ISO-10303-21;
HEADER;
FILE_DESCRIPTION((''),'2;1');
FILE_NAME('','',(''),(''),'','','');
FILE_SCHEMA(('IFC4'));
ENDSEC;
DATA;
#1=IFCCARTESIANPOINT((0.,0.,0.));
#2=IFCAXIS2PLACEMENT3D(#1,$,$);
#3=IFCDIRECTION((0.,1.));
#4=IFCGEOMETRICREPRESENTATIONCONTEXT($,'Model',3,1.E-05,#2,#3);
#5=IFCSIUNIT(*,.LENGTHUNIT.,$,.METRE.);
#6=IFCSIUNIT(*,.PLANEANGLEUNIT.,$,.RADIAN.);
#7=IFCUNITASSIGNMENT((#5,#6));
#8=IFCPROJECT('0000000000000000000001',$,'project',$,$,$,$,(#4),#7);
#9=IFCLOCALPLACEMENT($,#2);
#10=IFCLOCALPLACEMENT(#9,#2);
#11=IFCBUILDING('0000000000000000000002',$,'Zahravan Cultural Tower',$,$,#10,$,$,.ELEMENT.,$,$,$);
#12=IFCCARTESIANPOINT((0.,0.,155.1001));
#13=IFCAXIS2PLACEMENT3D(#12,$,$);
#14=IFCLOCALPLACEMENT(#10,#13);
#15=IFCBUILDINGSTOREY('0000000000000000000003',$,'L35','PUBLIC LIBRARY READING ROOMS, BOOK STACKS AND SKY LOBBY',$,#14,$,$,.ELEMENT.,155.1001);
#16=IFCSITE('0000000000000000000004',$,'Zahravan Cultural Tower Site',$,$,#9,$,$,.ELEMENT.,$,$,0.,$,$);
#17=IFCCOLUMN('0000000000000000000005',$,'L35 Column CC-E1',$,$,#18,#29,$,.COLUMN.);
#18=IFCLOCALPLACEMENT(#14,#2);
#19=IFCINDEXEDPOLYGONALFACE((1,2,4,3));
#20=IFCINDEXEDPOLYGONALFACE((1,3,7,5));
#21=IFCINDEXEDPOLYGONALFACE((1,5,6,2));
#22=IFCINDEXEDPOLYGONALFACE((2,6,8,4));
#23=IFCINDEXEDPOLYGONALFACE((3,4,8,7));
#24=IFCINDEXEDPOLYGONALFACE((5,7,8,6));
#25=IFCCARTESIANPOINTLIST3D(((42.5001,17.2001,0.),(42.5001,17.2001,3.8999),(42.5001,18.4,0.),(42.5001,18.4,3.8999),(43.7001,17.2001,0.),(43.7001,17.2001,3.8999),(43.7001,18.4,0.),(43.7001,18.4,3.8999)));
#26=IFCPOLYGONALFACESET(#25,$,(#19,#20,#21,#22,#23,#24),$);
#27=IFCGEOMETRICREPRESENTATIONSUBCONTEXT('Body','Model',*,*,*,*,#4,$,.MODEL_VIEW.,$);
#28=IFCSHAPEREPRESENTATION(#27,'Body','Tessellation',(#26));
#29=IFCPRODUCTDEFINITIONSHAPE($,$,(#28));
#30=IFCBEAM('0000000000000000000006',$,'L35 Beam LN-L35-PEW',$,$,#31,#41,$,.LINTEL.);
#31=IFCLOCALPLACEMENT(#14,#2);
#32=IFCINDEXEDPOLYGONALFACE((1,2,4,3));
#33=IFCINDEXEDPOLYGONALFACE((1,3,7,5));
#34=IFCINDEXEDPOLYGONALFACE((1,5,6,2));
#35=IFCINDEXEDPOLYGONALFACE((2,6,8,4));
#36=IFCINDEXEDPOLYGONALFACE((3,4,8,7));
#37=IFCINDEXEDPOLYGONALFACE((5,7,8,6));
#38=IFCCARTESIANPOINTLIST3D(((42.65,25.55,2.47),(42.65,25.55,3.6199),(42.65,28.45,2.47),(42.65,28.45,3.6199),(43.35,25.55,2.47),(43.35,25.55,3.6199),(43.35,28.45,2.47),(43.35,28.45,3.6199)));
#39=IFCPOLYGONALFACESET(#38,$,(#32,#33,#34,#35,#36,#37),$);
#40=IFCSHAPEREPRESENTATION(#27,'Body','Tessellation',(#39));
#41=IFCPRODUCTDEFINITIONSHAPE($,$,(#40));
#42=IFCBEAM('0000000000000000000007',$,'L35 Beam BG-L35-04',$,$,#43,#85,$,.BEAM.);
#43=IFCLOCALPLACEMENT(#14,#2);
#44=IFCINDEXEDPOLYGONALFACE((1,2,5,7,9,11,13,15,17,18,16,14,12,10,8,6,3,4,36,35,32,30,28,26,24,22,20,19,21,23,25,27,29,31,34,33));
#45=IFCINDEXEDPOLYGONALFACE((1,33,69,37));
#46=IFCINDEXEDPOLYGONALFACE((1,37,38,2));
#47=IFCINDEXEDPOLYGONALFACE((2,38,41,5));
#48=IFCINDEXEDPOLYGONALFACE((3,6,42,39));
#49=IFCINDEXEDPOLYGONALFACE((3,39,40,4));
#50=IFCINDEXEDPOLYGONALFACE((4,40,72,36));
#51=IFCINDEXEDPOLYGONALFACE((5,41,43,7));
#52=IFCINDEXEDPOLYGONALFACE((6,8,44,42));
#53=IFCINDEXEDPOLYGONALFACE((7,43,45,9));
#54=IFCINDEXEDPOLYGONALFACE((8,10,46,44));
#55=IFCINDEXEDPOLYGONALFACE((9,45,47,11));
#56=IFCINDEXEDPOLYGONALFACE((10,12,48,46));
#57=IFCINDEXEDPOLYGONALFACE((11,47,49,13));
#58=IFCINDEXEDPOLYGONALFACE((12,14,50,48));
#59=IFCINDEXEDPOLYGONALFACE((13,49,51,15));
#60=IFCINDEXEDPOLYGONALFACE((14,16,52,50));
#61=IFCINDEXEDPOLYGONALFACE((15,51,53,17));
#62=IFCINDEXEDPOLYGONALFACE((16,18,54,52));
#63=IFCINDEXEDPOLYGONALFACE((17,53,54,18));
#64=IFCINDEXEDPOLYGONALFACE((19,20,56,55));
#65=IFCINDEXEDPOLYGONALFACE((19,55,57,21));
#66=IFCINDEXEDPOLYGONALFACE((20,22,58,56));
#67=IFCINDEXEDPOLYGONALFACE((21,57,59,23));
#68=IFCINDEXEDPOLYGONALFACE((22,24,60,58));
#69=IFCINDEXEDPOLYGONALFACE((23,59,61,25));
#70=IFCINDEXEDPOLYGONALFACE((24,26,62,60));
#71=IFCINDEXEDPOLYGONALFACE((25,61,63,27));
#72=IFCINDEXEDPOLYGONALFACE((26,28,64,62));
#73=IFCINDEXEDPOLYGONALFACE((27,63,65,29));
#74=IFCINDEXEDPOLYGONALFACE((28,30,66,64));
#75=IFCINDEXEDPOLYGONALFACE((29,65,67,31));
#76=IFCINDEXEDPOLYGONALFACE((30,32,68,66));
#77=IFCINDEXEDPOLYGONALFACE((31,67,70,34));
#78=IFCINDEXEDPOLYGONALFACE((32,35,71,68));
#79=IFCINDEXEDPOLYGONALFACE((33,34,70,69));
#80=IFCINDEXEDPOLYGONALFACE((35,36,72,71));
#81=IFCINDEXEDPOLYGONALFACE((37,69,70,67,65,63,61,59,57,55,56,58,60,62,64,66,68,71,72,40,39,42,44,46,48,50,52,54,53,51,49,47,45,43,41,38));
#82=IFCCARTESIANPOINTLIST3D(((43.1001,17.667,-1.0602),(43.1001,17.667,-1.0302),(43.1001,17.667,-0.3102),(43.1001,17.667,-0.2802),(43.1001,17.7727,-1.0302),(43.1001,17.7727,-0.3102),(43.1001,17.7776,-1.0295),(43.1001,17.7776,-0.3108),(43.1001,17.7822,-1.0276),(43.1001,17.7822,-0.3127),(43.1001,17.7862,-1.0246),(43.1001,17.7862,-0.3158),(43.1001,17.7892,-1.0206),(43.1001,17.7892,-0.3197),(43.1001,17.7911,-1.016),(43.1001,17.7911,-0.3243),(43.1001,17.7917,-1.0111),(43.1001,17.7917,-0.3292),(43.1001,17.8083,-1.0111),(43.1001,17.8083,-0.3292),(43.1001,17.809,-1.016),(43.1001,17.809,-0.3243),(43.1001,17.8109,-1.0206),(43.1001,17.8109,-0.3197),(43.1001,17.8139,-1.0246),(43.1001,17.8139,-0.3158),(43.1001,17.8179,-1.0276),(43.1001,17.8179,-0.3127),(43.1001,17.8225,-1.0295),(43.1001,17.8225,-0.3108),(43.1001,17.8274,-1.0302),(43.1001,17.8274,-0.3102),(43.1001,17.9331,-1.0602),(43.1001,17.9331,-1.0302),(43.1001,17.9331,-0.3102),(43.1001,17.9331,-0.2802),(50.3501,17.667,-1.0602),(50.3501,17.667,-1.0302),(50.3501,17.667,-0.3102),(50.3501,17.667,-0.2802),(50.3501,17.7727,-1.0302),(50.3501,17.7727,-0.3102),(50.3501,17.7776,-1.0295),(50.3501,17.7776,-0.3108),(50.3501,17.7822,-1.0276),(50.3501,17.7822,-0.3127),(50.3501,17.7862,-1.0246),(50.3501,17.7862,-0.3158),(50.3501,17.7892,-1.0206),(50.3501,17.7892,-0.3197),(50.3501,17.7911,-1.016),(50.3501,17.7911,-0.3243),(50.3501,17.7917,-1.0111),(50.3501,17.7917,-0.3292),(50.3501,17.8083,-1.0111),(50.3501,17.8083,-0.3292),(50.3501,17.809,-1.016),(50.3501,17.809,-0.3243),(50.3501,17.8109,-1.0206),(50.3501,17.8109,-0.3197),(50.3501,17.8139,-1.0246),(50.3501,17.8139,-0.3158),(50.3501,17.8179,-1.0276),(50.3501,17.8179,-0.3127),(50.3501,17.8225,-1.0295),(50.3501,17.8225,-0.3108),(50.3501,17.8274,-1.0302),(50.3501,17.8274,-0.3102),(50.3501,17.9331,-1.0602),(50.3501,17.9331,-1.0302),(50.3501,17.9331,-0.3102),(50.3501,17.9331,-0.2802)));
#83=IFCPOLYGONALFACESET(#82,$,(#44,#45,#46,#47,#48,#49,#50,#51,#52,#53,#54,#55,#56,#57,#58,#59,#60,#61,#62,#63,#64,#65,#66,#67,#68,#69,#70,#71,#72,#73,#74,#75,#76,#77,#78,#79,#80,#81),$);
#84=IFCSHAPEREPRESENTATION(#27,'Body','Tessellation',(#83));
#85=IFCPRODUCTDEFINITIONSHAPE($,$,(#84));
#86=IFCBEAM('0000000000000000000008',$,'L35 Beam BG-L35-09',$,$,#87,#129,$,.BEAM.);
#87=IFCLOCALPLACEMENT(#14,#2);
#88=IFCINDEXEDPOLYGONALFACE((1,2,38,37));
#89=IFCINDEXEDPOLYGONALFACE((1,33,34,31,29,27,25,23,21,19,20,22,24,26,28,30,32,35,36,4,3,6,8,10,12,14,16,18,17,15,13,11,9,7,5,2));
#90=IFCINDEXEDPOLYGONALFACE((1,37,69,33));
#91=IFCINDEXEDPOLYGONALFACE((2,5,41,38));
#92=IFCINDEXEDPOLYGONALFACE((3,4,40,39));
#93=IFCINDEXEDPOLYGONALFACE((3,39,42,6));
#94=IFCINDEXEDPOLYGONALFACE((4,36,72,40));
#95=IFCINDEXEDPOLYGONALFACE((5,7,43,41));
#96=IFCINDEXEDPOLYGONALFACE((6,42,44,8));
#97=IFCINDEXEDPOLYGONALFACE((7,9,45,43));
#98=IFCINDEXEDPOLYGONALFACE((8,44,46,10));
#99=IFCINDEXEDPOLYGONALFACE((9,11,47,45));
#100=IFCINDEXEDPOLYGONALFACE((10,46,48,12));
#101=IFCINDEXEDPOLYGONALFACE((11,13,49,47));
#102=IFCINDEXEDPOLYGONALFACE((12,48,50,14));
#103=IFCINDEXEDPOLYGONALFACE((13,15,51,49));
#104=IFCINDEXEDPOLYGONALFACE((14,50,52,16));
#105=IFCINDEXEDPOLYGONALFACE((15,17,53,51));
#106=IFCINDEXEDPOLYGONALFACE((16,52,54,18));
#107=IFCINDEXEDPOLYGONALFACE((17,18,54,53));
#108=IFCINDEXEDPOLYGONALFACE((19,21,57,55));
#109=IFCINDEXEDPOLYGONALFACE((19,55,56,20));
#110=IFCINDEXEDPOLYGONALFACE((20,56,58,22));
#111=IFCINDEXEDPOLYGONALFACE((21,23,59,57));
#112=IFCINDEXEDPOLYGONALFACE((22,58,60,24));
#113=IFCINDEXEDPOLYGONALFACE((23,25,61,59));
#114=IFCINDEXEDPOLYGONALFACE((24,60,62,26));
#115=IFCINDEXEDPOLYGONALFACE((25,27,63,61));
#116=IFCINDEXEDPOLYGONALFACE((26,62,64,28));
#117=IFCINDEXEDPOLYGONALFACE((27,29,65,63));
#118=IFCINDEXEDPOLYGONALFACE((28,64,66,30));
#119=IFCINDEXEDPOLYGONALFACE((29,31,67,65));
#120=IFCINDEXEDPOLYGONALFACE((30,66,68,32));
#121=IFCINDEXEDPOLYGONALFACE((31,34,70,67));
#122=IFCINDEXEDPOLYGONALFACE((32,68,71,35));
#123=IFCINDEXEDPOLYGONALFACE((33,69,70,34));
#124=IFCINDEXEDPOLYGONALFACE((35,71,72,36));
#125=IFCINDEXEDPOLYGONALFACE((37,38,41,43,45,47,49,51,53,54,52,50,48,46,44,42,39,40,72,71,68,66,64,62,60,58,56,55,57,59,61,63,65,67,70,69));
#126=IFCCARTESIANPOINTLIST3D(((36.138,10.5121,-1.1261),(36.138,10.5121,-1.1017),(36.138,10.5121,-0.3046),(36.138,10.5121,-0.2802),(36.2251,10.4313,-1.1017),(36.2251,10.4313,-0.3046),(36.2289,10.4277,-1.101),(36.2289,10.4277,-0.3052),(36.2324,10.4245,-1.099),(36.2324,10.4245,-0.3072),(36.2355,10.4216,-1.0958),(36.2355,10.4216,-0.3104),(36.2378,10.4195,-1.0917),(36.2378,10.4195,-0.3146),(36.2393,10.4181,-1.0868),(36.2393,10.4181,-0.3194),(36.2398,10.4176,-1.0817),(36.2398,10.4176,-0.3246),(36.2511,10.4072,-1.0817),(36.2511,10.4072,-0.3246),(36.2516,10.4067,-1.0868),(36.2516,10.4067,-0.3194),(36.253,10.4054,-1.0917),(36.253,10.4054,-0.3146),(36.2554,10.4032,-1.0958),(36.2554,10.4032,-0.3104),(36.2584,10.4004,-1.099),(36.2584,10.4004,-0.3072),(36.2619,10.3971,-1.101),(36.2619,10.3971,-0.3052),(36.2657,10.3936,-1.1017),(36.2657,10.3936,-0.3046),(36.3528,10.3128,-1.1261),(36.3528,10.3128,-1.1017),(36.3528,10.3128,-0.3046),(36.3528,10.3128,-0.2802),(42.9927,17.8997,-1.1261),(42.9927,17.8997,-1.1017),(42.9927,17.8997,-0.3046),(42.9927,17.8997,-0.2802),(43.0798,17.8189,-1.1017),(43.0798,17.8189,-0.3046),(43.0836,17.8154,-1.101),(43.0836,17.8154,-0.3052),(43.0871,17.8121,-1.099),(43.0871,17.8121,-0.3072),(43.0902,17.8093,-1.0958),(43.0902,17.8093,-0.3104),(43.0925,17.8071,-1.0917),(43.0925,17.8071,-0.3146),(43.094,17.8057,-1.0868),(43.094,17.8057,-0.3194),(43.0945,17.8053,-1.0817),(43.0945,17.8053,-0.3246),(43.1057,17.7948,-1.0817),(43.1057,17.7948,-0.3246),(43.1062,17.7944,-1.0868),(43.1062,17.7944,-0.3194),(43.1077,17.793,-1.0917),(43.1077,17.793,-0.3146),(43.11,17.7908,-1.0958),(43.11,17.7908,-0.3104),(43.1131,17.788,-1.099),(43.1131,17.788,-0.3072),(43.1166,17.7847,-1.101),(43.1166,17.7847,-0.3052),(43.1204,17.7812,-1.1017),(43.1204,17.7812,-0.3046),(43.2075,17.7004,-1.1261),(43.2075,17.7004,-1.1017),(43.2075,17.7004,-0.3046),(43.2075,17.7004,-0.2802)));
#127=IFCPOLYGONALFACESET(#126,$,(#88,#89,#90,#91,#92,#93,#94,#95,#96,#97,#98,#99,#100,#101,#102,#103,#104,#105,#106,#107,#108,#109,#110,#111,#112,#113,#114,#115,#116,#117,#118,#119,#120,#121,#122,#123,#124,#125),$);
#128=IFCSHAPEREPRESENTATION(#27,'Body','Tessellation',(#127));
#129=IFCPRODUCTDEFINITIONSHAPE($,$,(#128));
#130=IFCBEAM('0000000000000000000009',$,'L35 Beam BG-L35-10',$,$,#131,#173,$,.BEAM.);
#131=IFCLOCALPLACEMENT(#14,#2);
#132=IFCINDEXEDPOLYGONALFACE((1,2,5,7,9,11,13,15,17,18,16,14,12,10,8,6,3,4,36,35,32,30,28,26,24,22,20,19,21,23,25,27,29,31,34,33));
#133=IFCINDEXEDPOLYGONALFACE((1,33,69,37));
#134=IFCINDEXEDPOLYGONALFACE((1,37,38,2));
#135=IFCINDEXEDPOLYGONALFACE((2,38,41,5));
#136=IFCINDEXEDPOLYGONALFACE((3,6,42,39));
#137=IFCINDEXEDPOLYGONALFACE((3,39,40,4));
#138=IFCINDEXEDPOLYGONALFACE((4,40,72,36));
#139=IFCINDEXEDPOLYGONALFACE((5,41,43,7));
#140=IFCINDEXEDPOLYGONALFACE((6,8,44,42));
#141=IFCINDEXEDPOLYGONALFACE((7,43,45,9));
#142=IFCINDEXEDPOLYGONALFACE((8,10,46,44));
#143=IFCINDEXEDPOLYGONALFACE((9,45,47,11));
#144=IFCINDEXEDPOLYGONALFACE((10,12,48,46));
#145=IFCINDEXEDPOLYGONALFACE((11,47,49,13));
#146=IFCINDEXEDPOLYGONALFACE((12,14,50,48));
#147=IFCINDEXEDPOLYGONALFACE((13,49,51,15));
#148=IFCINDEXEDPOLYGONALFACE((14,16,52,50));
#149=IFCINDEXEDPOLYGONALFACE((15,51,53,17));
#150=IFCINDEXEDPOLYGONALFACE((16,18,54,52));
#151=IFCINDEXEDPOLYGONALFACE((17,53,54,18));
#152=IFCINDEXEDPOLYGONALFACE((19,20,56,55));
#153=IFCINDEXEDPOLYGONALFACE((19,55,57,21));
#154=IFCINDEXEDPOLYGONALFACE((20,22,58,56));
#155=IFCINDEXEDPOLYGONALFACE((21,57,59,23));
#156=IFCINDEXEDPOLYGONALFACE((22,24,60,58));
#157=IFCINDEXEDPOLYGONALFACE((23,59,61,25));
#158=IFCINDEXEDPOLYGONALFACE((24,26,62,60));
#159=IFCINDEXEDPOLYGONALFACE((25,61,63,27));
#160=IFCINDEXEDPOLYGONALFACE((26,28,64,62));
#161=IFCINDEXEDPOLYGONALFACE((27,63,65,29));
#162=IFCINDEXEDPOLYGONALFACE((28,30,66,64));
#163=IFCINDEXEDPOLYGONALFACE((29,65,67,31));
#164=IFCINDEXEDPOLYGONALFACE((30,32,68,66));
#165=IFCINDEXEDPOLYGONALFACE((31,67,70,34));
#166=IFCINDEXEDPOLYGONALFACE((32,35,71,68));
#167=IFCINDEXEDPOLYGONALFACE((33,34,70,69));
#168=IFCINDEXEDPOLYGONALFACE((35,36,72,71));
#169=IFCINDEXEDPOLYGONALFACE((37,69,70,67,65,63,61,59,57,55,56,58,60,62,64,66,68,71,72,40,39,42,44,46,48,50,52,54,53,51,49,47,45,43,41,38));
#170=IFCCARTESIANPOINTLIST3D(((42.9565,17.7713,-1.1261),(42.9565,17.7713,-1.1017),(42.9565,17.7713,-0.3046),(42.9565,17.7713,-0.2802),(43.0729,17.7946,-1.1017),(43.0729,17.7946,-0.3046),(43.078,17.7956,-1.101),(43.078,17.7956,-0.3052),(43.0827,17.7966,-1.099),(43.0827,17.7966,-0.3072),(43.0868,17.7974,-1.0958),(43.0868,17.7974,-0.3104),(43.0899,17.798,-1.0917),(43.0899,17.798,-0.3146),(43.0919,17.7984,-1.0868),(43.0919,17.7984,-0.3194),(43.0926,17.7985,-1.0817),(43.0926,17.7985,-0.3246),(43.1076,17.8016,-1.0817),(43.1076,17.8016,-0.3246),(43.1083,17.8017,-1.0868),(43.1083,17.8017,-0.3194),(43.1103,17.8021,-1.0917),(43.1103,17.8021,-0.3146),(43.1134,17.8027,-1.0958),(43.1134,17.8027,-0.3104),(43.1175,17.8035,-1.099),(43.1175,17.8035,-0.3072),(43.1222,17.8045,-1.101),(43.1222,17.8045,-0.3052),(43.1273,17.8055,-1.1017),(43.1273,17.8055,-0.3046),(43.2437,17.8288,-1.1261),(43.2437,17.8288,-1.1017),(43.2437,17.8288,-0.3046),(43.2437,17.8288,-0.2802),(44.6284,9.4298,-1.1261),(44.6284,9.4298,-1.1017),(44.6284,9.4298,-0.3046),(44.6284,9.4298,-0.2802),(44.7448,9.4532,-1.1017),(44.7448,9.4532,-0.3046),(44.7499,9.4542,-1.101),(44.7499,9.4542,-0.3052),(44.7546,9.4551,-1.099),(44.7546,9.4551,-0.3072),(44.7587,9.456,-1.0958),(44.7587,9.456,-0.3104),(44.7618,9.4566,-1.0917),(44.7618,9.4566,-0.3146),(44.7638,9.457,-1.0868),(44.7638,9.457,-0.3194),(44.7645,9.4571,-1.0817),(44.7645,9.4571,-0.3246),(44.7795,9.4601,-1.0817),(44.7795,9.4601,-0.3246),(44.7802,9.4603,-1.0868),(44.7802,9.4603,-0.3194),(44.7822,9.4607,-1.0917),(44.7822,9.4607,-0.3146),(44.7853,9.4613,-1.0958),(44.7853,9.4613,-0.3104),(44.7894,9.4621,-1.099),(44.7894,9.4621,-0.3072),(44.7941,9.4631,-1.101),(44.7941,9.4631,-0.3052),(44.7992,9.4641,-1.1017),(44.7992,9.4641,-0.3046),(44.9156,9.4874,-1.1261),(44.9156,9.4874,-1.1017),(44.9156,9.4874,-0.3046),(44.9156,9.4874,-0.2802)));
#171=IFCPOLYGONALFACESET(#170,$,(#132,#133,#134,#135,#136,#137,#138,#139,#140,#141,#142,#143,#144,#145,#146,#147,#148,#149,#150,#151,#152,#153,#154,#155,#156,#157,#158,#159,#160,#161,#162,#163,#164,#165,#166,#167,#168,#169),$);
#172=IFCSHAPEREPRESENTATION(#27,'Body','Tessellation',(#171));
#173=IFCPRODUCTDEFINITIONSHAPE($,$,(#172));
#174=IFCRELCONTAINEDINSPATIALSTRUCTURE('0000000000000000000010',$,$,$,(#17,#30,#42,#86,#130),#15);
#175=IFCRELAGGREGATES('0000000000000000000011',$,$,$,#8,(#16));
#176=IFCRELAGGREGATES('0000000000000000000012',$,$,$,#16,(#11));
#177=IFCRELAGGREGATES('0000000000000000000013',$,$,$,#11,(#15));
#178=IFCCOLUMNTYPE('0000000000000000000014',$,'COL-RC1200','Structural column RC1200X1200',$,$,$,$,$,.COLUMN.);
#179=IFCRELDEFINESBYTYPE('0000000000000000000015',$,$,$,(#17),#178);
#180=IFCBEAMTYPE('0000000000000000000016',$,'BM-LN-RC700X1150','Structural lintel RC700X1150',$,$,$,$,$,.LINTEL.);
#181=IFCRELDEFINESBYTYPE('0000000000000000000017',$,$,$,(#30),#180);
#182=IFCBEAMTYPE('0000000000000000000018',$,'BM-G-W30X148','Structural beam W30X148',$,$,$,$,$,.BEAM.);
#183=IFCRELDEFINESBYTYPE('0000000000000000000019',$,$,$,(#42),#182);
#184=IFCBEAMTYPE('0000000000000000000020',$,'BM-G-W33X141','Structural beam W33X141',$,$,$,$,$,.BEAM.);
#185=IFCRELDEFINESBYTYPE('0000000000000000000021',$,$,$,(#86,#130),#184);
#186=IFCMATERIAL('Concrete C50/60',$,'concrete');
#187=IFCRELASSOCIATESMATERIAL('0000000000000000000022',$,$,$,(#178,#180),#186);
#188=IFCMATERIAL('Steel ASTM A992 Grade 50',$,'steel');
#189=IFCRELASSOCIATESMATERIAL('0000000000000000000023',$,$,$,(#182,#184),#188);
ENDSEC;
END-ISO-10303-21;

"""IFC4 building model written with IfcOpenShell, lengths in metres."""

from ifc_helpers import new_model, si_unit, direction, frame, origin, origin_2d, place, context, subcontext, project, spatial, rectangle, i_section, extrude, source, transform, mapped, material, material_profile, profile_set, type_object, element, save


model = new_model("IFC4")

# Units and contexts
model_context = context("Model", 3, precision=1e-05, world=origin(), true_north=direction((0.0, 1.0)))
body_context = subcontext(model_context, "Body", "Model", "MODEL_VIEW")
ifc_project = project(units=[si_unit("LENGTHUNIT", "METRE"), si_unit("PLANEANGLEUNIT", "RADIAN")], contexts=[model_context])

# Site, building, storey
site_placement = place(None, origin())
site = spatial("IfcSite", under=ifc_project, at=site_placement, Name="Zahravan Cultural Tower Site", CompositionType="ELEMENT", RefElevation=0.0)
building_placement = place(site_placement, origin())
building = spatial("IfcBuilding", under=site, at=building_placement, Name="Zahravan Cultural Tower", CompositionType="ELEMENT")
storey_placement = place(building_placement, frame((0.0, 0.0, 155.1001)))
storey = spatial("IfcBuildingStorey", under=building, at=storey_placement, Name="L35", Description="PUBLIC LIBRARY READING ROOMS, BOOK STACKS AND SKY LOBBY", CompositionType="ELEMENT", Elevation=155.1001)

# Column
ifc_material_1 = material(Name="Concrete C50/60", Category="concrete")
ifc_material_profile_1 = material_profile(ifc_material_1, rectangle(XDim=1.2, YDim=1.2, at=origin_2d()), Name="RC1200X1200")
ifc_profile_set_1 = profile_set([ifc_material_profile_1], Name="Concrete C50/60")
column_type = type_object("IfcColumnType", Name="COL-RC1200", Description="Structural column RC1200X1200", PredefinedType="COLUMN", material=ifc_profile_set_1)
shared_shape_1 = source(origin(), body_context, "Body", "SweptSolid", [
    extrude(rectangle(XDim=1.2, YDim=1.2, at=origin_2d()), origin(), (0.0, 0.0, 1.0), 3.8999),
])
column_placement = place(storey_placement, frame((43.1001, 17.8, 0.0), z_axis=(0.0, 0.0, 1.0), x_axis=(1.0, 0.0, 0.0)))
element("IfcColumn", 1, at=column_placement, inside=storey, type_object=column_type, Name="L35 Column CC-E1", PredefinedType="COLUMN", context=body_context, shape_type="MappedRepresentation", body=[
    mapped(shared_shape_1, transform((0.0, 0.0, 0.0), x_axis=(1.0, 0.0, 0.0), y_axis=(0.0, 1.0, 0.0), z_axis=(0.0, 0.0, 1.0), scale=1.0)),
])

# Beams
ifc_material_profile_2 = material_profile(ifc_material_1, rectangle(XDim=0.7, YDim=1.1499, at=origin_2d()), Name="RC700X1150")
ifc_profile_set_2 = profile_set([ifc_material_profile_2], Name="Concrete C50/60")
beam_type_1 = type_object("IfcBeamType", Name="BM-LN-RC700X1150", Description="Structural lintel RC700X1150", PredefinedType="LINTEL", material=ifc_profile_set_2)
shared_shape_2 = source(origin(), body_context, "Body", "SweptSolid", [
    extrude(rectangle(XDim=0.7, YDim=1.1499, at=origin_2d()), origin(), (0.0, 0.0, 1.0), 2.8999),
])
beam_1_placement = place(storey_placement, frame((43.0, 25.55, 3.0449), z_axis=(0.0, 1.0, 0.0), x_axis=(-1.0, 0.0, 0.0)))
element("IfcBeam", 2, at=beam_1_placement, inside=storey, type_object=beam_type_1, Name="L35 Beam LN-L35-PEW", PredefinedType="LINTEL", context=body_context, shape_type="MappedRepresentation", body=[
    mapped(shared_shape_2, transform((0.0, 0.0, 0.0), x_axis=(1.0, 0.0, 0.0), y_axis=(0.0, 1.0, 0.0), z_axis=(0.0, 0.0, 1.0), scale=1.0)),
])
ifc_material_2 = material(Name="Steel ASTM A992 Grade 50", Category="steel")
ifc_material_profile_3 = material_profile(ifc_material_2, i_section(OverallWidth=0.2661, OverallDepth=0.78, WebThickness=0.0166, FlangeThickness=0.03, FilletRadius=0.019, at=origin_2d()), Name="W30X148")
ifc_profile_set_3 = profile_set([ifc_material_profile_3], Name="Steel ASTM A992 Grade 50")
beam_type_2 = type_object("IfcBeamType", Name="BM-G-W30X148", Description="Structural beam W30X148", PredefinedType="BEAM", material=ifc_profile_set_3)
shared_shape_3 = source(origin(), body_context, "Body", "SweptSolid", [
    extrude(i_section(OverallWidth=0.2661, OverallDepth=0.78, WebThickness=0.0166, FlangeThickness=0.03, FilletRadius=0.019, at=origin_2d()), origin(), (0.0, 0.0, 1.0), 7.25),
])
beam_2_placement = place(storey_placement, frame((43.1001, 17.8, -0.6702), z_axis=(1.0, 0.0, 0.0), x_axis=(0.0, 1.0, 0.0)))
element("IfcBeam", 3, at=beam_2_placement, inside=storey, type_object=beam_type_2, Name="L35 Beam BG-L35-04", PredefinedType="BEAM", context=body_context, shape_type="MappedRepresentation", body=[
    mapped(shared_shape_3, transform((0.0, 0.0, 0.0), x_axis=(1.0, 0.0, 0.0), y_axis=(0.0, 1.0, 0.0), z_axis=(0.0, 0.0, 1.0), scale=1.0)),
])
ifc_material_profile_4 = material_profile(ifc_material_2, i_section(OverallWidth=0.293, OverallDepth=0.8459, WebThickness=0.0154, FlangeThickness=0.0244, FilletRadius=0.02, at=origin_2d()), Name="W33X141")
ifc_profile_set_4 = profile_set([ifc_material_profile_4], Name="Steel ASTM A992 Grade 50")
beam_type_3 = type_object("IfcBeamType", Name="BM-G-W33X141", Description="Structural beam W33X141", PredefinedType="BEAM", material=ifc_profile_set_4)
shared_shape_4 = source(origin(), body_context, "Body", "SweptSolid", [
    extrude(i_section(OverallWidth=0.293, OverallDepth=0.8459, WebThickness=0.0154, FlangeThickness=0.0244, FilletRadius=0.02, at=origin_2d()), origin(), (0.0, 0.0, 1.0), 10.0779),
])
beam_3_placement = place(storey_placement, frame((43.1001, 17.8, -0.7031), z_axis=(-0.68017, -0.733054, 0.0), x_axis=(0.733054, -0.68017, 0.0)))
element("IfcBeam", 4, at=beam_3_placement, inside=storey, type_object=beam_type_3, Name="L35 Beam BG-L35-09", PredefinedType="BEAM", context=body_context, shape_type="MappedRepresentation", body=[
    mapped(shared_shape_4, transform((0.0, 0.0, 0.0), x_axis=(1.0, 0.0, 0.0), y_axis=(0.0, 1.0, 0.0), z_axis=(0.0, 0.0, 1.0), scale=1.0)),
])
shared_shape_5 = source(origin(), body_context, "Body", "SweptSolid", [
    extrude(i_section(OverallWidth=0.293, OverallDepth=0.8459, WebThickness=0.0154, FlangeThickness=0.0244, FilletRadius=0.02, at=origin_2d()), origin(), (0.0, 0.0, 1.0), 8.5073),
])
beam_4_placement = place(storey_placement, frame((43.1001, 17.8, -0.7031), z_axis=(0.196525, -0.980499, 0.0), x_axis=(0.980499, 0.196525, 0.0)))
element("IfcBeam", 5, at=beam_4_placement, inside=storey, type_object=beam_type_3, Name="L35 Beam BG-L35-10", PredefinedType="BEAM", context=body_context, shape_type="MappedRepresentation", body=[
    mapped(shared_shape_5, transform((0.0, 0.0, 0.0), x_axis=(1.0, 0.0, 0.0), y_axis=(0.0, 1.0, 0.0), z_axis=(0.0, 0.0, 1.0), scale=1.0)),
])

save(model, "model.ifc")
